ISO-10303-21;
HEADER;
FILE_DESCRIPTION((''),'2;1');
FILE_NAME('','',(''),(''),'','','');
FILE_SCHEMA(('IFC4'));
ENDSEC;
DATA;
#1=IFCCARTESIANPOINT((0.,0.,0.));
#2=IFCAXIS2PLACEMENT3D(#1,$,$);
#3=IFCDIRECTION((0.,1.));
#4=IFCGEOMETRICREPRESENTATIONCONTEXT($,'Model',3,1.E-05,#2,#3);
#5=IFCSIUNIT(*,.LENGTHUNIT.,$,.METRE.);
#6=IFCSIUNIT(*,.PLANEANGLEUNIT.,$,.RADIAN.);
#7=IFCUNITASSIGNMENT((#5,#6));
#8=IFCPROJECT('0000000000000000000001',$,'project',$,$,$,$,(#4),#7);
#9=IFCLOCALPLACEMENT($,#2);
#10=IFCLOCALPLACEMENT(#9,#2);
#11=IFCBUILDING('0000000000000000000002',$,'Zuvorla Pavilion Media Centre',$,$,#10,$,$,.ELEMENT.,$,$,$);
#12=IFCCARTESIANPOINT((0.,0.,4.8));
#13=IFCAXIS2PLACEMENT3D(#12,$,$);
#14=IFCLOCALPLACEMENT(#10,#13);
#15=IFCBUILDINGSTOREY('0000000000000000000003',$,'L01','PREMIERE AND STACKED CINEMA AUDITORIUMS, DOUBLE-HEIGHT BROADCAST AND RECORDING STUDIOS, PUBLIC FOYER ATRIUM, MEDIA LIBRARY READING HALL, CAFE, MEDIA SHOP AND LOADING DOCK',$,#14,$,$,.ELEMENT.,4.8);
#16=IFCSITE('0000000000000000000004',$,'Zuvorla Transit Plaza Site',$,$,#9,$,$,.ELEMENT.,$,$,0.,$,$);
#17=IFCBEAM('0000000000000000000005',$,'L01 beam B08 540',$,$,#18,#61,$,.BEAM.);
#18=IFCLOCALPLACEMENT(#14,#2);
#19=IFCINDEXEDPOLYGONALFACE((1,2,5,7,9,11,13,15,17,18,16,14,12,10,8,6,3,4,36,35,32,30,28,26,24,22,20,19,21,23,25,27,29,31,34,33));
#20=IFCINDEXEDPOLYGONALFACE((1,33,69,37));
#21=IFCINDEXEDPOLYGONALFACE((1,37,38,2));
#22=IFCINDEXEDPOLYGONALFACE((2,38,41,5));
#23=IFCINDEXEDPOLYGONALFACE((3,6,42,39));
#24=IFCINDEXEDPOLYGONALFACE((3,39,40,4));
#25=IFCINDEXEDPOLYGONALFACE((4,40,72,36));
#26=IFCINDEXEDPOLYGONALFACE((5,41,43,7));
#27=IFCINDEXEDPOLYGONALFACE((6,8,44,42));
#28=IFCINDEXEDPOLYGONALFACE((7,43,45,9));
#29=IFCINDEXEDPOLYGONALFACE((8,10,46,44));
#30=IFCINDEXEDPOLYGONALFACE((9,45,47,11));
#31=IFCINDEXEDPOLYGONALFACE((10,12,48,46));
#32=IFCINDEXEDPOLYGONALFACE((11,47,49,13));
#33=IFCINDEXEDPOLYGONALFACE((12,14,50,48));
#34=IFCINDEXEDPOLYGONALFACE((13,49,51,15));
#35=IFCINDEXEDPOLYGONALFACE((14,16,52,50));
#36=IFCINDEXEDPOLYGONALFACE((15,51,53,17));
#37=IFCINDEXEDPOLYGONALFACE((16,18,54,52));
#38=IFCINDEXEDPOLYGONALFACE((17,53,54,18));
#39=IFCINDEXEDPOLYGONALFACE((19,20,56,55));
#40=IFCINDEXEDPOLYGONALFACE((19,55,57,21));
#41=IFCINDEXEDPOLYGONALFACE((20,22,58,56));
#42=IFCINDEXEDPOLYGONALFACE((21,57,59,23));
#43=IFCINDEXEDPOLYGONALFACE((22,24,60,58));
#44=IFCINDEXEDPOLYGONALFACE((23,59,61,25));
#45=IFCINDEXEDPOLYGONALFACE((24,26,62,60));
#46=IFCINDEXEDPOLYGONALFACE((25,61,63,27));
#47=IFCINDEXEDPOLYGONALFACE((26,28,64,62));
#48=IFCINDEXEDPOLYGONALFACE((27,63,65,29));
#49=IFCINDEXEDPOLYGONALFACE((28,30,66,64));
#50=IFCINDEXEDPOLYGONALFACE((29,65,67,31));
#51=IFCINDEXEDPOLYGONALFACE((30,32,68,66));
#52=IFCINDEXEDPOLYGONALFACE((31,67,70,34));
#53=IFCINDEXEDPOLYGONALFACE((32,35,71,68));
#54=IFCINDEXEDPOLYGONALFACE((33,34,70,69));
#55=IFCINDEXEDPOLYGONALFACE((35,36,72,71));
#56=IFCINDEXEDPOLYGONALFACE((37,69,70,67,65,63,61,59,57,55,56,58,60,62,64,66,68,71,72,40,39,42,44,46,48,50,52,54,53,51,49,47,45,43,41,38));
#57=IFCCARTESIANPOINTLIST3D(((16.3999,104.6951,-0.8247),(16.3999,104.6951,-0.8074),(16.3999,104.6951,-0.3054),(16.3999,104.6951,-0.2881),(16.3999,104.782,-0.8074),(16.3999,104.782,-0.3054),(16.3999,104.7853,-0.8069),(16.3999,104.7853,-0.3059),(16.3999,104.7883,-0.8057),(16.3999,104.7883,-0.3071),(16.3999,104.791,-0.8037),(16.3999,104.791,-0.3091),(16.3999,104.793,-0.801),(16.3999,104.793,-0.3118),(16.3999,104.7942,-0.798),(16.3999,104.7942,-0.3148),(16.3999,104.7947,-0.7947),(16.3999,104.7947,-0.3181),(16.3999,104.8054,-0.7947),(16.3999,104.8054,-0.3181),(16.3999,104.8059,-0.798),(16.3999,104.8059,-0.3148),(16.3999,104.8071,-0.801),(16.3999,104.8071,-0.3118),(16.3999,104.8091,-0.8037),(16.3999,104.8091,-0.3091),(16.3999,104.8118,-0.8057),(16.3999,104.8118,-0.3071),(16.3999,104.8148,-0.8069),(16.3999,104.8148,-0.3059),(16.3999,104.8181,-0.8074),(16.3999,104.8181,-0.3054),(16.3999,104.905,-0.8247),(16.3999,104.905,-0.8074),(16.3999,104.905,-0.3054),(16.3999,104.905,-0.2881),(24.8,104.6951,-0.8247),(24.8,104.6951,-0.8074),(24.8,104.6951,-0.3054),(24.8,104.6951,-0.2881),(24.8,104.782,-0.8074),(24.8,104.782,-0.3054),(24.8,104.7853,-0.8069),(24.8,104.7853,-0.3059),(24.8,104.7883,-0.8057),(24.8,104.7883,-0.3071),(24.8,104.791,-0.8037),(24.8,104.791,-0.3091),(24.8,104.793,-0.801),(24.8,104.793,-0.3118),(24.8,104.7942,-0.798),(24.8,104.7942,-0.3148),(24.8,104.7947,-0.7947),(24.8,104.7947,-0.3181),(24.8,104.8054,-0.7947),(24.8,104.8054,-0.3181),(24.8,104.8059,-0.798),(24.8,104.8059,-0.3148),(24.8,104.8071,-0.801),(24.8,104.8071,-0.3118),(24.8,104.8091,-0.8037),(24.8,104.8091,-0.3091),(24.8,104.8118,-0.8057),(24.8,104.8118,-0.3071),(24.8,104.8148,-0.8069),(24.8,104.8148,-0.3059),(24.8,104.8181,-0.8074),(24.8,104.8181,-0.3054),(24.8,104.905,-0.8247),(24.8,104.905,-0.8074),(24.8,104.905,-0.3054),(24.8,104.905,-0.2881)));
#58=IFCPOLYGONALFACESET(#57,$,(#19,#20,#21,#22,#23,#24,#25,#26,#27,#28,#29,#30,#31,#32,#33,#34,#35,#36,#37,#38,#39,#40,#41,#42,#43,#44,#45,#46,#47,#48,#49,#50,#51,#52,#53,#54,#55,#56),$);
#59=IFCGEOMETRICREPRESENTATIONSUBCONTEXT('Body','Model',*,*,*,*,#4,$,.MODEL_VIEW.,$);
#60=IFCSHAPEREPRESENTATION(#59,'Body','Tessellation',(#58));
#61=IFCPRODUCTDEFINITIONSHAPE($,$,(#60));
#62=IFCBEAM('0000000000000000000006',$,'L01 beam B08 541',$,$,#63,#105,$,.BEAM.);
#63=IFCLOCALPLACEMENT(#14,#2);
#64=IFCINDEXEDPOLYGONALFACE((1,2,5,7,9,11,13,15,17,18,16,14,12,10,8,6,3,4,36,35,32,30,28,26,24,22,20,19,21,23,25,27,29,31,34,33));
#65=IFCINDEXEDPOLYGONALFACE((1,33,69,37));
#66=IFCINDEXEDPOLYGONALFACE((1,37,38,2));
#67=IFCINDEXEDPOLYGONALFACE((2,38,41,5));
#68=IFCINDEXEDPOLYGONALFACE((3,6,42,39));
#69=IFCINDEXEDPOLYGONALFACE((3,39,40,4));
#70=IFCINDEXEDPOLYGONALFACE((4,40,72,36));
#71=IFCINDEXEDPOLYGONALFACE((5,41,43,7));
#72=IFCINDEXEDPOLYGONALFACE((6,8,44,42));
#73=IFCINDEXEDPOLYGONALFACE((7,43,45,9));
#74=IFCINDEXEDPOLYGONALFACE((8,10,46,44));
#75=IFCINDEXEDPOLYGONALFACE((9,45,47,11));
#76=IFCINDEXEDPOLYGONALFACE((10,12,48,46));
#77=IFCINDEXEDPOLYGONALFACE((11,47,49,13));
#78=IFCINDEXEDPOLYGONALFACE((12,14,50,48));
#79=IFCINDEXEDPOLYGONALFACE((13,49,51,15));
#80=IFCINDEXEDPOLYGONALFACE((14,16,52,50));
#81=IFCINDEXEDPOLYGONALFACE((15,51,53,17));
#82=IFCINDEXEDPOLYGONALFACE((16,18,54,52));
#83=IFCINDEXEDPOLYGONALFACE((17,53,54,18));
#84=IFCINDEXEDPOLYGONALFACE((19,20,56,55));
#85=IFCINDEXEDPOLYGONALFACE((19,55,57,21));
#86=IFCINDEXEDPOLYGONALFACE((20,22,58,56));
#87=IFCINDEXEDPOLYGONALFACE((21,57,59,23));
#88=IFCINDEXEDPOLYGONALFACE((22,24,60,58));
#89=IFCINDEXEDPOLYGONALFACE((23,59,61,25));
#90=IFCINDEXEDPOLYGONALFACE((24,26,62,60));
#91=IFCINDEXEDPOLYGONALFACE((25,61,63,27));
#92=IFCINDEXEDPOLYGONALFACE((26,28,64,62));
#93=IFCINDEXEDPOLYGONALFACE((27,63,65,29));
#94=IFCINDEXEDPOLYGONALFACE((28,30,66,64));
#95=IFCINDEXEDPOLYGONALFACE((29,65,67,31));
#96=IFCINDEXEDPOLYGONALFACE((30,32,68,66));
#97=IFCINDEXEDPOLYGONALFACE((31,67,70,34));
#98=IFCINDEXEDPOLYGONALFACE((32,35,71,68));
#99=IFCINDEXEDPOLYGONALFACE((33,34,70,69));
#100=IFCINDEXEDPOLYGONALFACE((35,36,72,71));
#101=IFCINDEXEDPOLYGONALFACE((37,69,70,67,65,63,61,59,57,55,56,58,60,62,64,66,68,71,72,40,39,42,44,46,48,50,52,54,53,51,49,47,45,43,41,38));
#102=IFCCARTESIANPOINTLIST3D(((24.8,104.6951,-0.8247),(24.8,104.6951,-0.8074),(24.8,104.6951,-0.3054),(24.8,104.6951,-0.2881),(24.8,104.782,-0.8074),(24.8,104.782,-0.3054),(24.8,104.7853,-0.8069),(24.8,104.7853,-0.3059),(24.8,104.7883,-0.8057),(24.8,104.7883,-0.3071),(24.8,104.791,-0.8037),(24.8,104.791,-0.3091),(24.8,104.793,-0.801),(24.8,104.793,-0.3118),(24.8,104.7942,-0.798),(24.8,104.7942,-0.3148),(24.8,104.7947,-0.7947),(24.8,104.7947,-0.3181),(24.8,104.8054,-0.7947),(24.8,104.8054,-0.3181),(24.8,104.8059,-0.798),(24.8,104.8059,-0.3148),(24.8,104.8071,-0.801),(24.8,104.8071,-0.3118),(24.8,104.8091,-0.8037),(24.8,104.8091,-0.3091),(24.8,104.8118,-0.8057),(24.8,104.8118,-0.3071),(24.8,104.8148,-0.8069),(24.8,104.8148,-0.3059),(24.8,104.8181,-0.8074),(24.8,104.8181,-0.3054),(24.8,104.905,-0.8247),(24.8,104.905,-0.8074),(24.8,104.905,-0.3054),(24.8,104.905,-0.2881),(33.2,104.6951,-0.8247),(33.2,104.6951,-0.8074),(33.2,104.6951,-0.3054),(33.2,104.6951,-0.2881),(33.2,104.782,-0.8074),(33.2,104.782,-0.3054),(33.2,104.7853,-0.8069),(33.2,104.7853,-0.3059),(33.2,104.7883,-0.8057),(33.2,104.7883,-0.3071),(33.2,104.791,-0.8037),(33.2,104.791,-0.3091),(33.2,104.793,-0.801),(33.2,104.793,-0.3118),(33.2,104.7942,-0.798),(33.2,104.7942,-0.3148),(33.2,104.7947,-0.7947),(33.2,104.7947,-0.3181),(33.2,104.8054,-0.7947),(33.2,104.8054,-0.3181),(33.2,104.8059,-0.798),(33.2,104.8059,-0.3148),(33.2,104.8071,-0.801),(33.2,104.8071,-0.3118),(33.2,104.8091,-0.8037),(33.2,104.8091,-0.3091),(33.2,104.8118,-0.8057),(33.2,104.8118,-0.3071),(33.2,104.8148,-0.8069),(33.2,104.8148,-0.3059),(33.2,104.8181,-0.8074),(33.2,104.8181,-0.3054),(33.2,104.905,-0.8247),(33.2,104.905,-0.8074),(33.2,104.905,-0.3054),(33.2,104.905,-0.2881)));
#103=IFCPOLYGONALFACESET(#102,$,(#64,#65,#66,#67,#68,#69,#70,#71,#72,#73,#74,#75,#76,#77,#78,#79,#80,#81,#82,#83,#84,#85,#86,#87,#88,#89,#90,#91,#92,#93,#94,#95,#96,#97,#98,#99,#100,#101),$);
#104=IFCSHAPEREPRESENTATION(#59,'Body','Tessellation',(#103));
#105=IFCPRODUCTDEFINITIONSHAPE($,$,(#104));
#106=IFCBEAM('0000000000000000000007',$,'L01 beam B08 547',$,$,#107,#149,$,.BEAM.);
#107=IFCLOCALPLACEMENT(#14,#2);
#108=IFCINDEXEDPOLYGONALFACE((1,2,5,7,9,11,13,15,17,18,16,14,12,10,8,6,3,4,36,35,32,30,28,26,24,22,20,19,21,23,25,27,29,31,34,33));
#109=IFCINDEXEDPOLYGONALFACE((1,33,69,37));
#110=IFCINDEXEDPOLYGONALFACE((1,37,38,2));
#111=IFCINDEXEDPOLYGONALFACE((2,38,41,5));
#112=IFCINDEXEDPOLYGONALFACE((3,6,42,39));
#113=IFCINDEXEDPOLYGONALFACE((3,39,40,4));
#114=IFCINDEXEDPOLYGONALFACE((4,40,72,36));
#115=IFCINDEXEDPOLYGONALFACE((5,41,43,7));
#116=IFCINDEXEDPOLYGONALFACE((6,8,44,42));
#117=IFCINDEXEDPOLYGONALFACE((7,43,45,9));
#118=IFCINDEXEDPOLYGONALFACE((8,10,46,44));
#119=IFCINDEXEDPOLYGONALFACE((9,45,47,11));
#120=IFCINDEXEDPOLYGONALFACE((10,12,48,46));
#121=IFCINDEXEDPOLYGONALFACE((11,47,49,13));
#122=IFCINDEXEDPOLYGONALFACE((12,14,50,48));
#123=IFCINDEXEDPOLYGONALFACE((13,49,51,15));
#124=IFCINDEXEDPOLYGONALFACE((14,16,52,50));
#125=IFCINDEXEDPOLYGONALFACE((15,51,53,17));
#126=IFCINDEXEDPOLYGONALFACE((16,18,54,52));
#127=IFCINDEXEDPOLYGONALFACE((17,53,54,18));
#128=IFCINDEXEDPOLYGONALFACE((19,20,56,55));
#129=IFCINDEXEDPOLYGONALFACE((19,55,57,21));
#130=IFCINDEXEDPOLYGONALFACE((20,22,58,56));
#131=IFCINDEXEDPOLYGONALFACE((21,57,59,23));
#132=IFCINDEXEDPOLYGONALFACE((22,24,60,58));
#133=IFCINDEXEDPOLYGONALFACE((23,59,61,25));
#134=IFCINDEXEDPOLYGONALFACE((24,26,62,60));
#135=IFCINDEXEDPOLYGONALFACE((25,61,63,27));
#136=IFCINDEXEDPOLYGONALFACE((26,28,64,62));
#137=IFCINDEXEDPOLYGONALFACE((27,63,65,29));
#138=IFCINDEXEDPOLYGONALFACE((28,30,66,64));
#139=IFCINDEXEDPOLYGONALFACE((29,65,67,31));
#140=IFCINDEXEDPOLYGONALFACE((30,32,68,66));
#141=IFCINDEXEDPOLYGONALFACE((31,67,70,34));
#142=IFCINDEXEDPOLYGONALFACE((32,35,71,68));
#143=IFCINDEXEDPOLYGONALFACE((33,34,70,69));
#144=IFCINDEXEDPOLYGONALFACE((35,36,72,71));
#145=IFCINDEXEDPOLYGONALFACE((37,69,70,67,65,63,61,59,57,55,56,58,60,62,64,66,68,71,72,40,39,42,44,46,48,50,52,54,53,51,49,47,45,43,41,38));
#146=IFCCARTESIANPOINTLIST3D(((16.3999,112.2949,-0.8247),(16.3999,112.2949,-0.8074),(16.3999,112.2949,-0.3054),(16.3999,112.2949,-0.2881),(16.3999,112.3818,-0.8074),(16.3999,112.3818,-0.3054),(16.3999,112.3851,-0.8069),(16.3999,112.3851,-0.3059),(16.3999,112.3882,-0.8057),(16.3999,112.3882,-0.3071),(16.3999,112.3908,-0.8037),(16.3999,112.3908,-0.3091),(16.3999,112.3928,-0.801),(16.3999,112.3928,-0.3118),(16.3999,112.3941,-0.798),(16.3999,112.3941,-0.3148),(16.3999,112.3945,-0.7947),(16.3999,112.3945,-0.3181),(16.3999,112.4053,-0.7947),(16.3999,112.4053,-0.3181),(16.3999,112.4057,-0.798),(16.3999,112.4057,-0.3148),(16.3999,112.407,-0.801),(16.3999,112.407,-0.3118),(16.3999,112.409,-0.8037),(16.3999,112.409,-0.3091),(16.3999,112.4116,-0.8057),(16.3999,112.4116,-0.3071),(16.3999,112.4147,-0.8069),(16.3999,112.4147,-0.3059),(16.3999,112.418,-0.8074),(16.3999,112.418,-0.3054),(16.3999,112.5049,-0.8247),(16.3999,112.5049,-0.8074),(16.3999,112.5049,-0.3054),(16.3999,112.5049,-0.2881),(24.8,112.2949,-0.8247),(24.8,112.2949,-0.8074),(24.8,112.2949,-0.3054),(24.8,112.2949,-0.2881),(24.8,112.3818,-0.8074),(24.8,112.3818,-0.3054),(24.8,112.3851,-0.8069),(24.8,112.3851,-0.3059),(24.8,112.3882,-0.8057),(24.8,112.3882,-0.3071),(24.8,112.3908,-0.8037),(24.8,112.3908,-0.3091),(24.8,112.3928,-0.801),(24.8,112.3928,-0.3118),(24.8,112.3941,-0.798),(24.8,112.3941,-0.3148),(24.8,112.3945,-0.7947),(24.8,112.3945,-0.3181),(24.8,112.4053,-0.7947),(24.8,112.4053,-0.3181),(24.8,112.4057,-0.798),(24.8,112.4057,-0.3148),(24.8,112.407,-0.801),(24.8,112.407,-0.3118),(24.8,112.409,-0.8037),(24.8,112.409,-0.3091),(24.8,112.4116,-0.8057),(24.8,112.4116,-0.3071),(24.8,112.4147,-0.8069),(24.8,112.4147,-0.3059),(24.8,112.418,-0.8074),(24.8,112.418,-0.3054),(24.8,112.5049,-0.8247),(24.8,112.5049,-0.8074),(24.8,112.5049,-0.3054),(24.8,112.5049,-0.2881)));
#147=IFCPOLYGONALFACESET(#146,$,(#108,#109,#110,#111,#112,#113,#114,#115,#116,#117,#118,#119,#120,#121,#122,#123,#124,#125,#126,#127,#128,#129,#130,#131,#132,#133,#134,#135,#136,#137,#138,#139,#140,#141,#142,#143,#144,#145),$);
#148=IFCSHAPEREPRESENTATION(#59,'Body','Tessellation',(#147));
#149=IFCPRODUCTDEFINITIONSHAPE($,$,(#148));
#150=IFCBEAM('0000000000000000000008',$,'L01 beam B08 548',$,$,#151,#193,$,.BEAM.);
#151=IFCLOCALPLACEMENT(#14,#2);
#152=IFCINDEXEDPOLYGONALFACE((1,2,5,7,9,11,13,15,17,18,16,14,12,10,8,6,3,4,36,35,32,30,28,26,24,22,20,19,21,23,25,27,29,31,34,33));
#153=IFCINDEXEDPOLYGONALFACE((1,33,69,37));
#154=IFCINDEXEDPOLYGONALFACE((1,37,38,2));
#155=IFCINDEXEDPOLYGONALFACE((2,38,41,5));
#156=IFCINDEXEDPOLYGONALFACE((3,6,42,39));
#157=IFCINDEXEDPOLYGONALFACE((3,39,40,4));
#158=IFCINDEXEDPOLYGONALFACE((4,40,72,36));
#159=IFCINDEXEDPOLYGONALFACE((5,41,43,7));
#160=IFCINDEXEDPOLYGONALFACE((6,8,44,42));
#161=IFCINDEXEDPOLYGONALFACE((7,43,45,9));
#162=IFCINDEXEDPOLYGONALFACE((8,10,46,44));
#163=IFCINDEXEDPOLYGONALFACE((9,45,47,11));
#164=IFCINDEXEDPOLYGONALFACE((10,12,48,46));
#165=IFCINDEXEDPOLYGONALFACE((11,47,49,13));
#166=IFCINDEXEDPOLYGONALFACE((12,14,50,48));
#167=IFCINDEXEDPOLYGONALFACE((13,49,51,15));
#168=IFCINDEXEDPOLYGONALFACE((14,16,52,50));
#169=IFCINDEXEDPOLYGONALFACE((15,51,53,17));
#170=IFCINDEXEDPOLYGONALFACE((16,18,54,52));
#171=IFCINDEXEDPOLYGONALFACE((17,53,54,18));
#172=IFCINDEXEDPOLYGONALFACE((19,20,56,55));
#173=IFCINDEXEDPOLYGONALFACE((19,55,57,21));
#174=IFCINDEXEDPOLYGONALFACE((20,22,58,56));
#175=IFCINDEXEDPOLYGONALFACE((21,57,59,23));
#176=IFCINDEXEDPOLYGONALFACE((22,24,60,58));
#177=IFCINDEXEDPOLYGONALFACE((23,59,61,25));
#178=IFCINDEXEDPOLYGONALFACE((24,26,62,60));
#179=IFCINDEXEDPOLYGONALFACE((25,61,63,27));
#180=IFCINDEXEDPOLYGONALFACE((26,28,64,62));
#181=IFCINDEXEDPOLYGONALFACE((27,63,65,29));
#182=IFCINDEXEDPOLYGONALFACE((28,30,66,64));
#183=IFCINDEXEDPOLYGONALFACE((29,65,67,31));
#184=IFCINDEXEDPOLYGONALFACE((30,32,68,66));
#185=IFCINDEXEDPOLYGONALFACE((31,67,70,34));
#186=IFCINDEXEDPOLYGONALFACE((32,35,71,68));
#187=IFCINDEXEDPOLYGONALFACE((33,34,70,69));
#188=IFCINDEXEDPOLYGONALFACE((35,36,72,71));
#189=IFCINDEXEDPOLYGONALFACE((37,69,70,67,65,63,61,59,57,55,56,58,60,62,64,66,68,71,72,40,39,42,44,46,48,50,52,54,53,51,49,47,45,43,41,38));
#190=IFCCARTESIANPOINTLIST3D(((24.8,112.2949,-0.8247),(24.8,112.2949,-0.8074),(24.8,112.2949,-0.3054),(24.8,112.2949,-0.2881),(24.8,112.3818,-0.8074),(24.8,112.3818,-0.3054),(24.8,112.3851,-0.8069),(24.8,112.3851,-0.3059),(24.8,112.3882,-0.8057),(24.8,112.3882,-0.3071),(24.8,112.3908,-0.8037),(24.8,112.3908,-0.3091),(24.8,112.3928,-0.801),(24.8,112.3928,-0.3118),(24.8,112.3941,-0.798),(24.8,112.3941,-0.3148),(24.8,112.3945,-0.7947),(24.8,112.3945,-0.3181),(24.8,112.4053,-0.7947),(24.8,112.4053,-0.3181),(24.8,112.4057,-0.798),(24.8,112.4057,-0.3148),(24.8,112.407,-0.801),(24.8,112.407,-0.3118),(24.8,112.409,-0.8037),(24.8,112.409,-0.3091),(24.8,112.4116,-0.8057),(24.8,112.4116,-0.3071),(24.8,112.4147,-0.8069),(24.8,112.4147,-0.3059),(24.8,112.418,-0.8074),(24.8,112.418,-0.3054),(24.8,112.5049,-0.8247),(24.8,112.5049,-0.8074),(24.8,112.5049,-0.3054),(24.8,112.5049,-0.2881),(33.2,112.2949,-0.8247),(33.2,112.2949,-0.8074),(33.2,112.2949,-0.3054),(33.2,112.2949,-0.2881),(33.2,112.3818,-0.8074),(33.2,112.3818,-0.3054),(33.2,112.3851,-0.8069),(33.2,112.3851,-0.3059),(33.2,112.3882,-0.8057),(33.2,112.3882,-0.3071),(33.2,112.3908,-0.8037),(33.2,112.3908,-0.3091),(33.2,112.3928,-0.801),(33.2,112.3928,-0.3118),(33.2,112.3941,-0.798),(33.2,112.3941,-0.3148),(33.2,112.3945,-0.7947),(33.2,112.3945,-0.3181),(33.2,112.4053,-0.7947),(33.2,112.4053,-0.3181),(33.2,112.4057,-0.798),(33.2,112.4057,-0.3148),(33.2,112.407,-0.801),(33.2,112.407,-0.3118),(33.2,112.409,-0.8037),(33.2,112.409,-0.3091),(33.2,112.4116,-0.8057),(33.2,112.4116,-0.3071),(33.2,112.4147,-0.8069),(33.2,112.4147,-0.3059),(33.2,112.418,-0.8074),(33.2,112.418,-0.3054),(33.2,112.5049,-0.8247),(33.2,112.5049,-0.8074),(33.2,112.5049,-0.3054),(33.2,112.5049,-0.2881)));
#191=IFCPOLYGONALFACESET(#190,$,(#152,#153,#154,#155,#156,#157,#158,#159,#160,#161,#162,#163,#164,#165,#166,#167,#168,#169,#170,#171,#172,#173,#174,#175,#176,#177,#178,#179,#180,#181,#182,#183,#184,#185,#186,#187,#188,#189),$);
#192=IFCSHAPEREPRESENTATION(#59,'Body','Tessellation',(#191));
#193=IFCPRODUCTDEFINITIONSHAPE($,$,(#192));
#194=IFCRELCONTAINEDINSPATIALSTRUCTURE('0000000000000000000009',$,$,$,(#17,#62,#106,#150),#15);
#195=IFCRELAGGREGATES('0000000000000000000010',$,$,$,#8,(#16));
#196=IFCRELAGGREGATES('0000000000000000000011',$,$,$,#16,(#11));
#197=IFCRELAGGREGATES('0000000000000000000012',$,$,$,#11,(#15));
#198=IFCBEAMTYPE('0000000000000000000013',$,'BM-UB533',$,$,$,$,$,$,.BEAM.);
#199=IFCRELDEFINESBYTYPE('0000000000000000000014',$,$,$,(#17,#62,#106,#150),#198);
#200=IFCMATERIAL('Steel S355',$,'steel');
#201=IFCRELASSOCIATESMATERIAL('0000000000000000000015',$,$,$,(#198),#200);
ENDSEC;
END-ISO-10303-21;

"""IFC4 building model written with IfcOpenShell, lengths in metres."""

from ifc_helpers import new_model, si_unit, direction, frame, origin, origin_2d, place, context, subcontext, project, spatial, i_section, extrude, material, material_profile, profile_set, type_object, element, save


model = new_model("IFC4")

# Units and contexts
model_context = context("Model", 3, precision=1e-05, world=origin(), true_north=direction((0.0, 1.0)))
body_context = subcontext(model_context, "Body", "Model", "MODEL_VIEW")
ifc_project = project(units=[si_unit("LENGTHUNIT", "METRE"), si_unit("PLANEANGLEUNIT", "RADIAN")], contexts=[model_context])

# Site, building, storey
site_placement = place(None, origin())
site = spatial("IfcSite", under=ifc_project, at=site_placement, Name="Zuvorla Transit Plaza Site", CompositionType="ELEMENT", RefElevation=0.0)
building_placement = place(site_placement, origin())
building = spatial("IfcBuilding", under=site, at=building_placement, Name="Zuvorla Pavilion Media Centre", CompositionType="ELEMENT")
storey_placement = place(building_placement, frame((0.0, 0.0, 4.8)))
storey = spatial("IfcBuildingStorey", under=building, at=storey_placement, Name="L01", Description="PREMIERE AND STACKED CINEMA AUDITORIUMS, DOUBLE-HEIGHT BROADCAST AND RECORDING STUDIOS, PUBLIC FOYER ATRIUM, MEDIA LIBRARY READING HALL, CAFE, MEDIA SHOP AND LOADING DOCK", CompositionType="ELEMENT", Elevation=4.8)

# Shared definitions
ifc_material_1 = material(Name="Steel S355", Category="steel")

# Beams
ifc_material_profile_1 = material_profile(ifc_material_1, i_section(OverallWidth=0.21, OverallDepth=0.5366, WebThickness=0.0107, FlangeThickness=0.0173, FilletRadius=0.0127, at=origin_2d()), Name="UB 533x210x101")
ifc_profile_set_1 = profile_set([ifc_material_profile_1], Name="Steel S355")
beam_type_1 = type_object("IfcBeamType", Name="BM-UB533", PredefinedType="BEAM", material=ifc_profile_set_1)
beam_1_placement = place(storey_placement, frame((16.3999, 104.8, -0.5564), z_axis=(1.0, 0.0, 0.0), x_axis=(0.0, 1.0, 0.0)))
element("IfcBeam", 1, at=beam_1_placement, inside=storey, type_object=beam_type_1, Name="L01 beam B08 540", PredefinedType="BEAM", context=body_context, shape_type="SweptSolid", body=[
    extrude(i_section(OverallWidth=0.21, OverallDepth=0.5366, WebThickness=0.0107, FlangeThickness=0.0173, FilletRadius=0.0127, at=origin_2d()), origin(), (0.0, 0.0, 1.0), 8.4001),
])
beam_2_placement = place(storey_placement, frame((24.8, 104.8, -0.5564), z_axis=(1.0, 0.0, 0.0), x_axis=(0.0, 1.0, 0.0)))
element("IfcBeam", 2, at=beam_2_placement, inside=storey, type_object=beam_type_1, Name="L01 beam B08 541", PredefinedType="BEAM", context=body_context, shape_type="SweptSolid", body=[
    extrude(i_section(OverallWidth=0.21, OverallDepth=0.5366, WebThickness=0.0107, FlangeThickness=0.0173, FilletRadius=0.0127, at=origin_2d()), origin(), (0.0, 0.0, 1.0), 8.3999),
])
beam_3_placement = place(storey_placement, frame((16.3999, 112.3999, -0.5564), z_axis=(1.0, 0.0, 0.0), x_axis=(0.0, 1.0, 0.0)))
element("IfcBeam", 3, at=beam_3_placement, inside=storey, type_object=beam_type_1, Name="L01 beam B08 547", PredefinedType="BEAM", context=body_context, shape_type="SweptSolid", body=[
    extrude(i_section(OverallWidth=0.21, OverallDepth=0.5366, WebThickness=0.0107, FlangeThickness=0.0173, FilletRadius=0.0127, at=origin_2d()), origin(), (0.0, 0.0, 1.0), 8.4001),
])
beam_4_placement = place(storey_placement, frame((24.8, 112.3999, -0.5564), z_axis=(1.0, 0.0, 0.0), x_axis=(0.0, 1.0, 0.0)))
element("IfcBeam", 4, at=beam_4_placement, inside=storey, type_object=beam_type_1, Name="L01 beam B08 548", PredefinedType="BEAM", context=body_context, shape_type="SweptSolid", body=[
    extrude(i_section(OverallWidth=0.21, OverallDepth=0.5366, WebThickness=0.0107, FlangeThickness=0.0173, FilletRadius=0.0127, at=origin_2d()), origin(), (0.0, 0.0, 1.0), 8.3999),
])

save(model, "model.ifc")
